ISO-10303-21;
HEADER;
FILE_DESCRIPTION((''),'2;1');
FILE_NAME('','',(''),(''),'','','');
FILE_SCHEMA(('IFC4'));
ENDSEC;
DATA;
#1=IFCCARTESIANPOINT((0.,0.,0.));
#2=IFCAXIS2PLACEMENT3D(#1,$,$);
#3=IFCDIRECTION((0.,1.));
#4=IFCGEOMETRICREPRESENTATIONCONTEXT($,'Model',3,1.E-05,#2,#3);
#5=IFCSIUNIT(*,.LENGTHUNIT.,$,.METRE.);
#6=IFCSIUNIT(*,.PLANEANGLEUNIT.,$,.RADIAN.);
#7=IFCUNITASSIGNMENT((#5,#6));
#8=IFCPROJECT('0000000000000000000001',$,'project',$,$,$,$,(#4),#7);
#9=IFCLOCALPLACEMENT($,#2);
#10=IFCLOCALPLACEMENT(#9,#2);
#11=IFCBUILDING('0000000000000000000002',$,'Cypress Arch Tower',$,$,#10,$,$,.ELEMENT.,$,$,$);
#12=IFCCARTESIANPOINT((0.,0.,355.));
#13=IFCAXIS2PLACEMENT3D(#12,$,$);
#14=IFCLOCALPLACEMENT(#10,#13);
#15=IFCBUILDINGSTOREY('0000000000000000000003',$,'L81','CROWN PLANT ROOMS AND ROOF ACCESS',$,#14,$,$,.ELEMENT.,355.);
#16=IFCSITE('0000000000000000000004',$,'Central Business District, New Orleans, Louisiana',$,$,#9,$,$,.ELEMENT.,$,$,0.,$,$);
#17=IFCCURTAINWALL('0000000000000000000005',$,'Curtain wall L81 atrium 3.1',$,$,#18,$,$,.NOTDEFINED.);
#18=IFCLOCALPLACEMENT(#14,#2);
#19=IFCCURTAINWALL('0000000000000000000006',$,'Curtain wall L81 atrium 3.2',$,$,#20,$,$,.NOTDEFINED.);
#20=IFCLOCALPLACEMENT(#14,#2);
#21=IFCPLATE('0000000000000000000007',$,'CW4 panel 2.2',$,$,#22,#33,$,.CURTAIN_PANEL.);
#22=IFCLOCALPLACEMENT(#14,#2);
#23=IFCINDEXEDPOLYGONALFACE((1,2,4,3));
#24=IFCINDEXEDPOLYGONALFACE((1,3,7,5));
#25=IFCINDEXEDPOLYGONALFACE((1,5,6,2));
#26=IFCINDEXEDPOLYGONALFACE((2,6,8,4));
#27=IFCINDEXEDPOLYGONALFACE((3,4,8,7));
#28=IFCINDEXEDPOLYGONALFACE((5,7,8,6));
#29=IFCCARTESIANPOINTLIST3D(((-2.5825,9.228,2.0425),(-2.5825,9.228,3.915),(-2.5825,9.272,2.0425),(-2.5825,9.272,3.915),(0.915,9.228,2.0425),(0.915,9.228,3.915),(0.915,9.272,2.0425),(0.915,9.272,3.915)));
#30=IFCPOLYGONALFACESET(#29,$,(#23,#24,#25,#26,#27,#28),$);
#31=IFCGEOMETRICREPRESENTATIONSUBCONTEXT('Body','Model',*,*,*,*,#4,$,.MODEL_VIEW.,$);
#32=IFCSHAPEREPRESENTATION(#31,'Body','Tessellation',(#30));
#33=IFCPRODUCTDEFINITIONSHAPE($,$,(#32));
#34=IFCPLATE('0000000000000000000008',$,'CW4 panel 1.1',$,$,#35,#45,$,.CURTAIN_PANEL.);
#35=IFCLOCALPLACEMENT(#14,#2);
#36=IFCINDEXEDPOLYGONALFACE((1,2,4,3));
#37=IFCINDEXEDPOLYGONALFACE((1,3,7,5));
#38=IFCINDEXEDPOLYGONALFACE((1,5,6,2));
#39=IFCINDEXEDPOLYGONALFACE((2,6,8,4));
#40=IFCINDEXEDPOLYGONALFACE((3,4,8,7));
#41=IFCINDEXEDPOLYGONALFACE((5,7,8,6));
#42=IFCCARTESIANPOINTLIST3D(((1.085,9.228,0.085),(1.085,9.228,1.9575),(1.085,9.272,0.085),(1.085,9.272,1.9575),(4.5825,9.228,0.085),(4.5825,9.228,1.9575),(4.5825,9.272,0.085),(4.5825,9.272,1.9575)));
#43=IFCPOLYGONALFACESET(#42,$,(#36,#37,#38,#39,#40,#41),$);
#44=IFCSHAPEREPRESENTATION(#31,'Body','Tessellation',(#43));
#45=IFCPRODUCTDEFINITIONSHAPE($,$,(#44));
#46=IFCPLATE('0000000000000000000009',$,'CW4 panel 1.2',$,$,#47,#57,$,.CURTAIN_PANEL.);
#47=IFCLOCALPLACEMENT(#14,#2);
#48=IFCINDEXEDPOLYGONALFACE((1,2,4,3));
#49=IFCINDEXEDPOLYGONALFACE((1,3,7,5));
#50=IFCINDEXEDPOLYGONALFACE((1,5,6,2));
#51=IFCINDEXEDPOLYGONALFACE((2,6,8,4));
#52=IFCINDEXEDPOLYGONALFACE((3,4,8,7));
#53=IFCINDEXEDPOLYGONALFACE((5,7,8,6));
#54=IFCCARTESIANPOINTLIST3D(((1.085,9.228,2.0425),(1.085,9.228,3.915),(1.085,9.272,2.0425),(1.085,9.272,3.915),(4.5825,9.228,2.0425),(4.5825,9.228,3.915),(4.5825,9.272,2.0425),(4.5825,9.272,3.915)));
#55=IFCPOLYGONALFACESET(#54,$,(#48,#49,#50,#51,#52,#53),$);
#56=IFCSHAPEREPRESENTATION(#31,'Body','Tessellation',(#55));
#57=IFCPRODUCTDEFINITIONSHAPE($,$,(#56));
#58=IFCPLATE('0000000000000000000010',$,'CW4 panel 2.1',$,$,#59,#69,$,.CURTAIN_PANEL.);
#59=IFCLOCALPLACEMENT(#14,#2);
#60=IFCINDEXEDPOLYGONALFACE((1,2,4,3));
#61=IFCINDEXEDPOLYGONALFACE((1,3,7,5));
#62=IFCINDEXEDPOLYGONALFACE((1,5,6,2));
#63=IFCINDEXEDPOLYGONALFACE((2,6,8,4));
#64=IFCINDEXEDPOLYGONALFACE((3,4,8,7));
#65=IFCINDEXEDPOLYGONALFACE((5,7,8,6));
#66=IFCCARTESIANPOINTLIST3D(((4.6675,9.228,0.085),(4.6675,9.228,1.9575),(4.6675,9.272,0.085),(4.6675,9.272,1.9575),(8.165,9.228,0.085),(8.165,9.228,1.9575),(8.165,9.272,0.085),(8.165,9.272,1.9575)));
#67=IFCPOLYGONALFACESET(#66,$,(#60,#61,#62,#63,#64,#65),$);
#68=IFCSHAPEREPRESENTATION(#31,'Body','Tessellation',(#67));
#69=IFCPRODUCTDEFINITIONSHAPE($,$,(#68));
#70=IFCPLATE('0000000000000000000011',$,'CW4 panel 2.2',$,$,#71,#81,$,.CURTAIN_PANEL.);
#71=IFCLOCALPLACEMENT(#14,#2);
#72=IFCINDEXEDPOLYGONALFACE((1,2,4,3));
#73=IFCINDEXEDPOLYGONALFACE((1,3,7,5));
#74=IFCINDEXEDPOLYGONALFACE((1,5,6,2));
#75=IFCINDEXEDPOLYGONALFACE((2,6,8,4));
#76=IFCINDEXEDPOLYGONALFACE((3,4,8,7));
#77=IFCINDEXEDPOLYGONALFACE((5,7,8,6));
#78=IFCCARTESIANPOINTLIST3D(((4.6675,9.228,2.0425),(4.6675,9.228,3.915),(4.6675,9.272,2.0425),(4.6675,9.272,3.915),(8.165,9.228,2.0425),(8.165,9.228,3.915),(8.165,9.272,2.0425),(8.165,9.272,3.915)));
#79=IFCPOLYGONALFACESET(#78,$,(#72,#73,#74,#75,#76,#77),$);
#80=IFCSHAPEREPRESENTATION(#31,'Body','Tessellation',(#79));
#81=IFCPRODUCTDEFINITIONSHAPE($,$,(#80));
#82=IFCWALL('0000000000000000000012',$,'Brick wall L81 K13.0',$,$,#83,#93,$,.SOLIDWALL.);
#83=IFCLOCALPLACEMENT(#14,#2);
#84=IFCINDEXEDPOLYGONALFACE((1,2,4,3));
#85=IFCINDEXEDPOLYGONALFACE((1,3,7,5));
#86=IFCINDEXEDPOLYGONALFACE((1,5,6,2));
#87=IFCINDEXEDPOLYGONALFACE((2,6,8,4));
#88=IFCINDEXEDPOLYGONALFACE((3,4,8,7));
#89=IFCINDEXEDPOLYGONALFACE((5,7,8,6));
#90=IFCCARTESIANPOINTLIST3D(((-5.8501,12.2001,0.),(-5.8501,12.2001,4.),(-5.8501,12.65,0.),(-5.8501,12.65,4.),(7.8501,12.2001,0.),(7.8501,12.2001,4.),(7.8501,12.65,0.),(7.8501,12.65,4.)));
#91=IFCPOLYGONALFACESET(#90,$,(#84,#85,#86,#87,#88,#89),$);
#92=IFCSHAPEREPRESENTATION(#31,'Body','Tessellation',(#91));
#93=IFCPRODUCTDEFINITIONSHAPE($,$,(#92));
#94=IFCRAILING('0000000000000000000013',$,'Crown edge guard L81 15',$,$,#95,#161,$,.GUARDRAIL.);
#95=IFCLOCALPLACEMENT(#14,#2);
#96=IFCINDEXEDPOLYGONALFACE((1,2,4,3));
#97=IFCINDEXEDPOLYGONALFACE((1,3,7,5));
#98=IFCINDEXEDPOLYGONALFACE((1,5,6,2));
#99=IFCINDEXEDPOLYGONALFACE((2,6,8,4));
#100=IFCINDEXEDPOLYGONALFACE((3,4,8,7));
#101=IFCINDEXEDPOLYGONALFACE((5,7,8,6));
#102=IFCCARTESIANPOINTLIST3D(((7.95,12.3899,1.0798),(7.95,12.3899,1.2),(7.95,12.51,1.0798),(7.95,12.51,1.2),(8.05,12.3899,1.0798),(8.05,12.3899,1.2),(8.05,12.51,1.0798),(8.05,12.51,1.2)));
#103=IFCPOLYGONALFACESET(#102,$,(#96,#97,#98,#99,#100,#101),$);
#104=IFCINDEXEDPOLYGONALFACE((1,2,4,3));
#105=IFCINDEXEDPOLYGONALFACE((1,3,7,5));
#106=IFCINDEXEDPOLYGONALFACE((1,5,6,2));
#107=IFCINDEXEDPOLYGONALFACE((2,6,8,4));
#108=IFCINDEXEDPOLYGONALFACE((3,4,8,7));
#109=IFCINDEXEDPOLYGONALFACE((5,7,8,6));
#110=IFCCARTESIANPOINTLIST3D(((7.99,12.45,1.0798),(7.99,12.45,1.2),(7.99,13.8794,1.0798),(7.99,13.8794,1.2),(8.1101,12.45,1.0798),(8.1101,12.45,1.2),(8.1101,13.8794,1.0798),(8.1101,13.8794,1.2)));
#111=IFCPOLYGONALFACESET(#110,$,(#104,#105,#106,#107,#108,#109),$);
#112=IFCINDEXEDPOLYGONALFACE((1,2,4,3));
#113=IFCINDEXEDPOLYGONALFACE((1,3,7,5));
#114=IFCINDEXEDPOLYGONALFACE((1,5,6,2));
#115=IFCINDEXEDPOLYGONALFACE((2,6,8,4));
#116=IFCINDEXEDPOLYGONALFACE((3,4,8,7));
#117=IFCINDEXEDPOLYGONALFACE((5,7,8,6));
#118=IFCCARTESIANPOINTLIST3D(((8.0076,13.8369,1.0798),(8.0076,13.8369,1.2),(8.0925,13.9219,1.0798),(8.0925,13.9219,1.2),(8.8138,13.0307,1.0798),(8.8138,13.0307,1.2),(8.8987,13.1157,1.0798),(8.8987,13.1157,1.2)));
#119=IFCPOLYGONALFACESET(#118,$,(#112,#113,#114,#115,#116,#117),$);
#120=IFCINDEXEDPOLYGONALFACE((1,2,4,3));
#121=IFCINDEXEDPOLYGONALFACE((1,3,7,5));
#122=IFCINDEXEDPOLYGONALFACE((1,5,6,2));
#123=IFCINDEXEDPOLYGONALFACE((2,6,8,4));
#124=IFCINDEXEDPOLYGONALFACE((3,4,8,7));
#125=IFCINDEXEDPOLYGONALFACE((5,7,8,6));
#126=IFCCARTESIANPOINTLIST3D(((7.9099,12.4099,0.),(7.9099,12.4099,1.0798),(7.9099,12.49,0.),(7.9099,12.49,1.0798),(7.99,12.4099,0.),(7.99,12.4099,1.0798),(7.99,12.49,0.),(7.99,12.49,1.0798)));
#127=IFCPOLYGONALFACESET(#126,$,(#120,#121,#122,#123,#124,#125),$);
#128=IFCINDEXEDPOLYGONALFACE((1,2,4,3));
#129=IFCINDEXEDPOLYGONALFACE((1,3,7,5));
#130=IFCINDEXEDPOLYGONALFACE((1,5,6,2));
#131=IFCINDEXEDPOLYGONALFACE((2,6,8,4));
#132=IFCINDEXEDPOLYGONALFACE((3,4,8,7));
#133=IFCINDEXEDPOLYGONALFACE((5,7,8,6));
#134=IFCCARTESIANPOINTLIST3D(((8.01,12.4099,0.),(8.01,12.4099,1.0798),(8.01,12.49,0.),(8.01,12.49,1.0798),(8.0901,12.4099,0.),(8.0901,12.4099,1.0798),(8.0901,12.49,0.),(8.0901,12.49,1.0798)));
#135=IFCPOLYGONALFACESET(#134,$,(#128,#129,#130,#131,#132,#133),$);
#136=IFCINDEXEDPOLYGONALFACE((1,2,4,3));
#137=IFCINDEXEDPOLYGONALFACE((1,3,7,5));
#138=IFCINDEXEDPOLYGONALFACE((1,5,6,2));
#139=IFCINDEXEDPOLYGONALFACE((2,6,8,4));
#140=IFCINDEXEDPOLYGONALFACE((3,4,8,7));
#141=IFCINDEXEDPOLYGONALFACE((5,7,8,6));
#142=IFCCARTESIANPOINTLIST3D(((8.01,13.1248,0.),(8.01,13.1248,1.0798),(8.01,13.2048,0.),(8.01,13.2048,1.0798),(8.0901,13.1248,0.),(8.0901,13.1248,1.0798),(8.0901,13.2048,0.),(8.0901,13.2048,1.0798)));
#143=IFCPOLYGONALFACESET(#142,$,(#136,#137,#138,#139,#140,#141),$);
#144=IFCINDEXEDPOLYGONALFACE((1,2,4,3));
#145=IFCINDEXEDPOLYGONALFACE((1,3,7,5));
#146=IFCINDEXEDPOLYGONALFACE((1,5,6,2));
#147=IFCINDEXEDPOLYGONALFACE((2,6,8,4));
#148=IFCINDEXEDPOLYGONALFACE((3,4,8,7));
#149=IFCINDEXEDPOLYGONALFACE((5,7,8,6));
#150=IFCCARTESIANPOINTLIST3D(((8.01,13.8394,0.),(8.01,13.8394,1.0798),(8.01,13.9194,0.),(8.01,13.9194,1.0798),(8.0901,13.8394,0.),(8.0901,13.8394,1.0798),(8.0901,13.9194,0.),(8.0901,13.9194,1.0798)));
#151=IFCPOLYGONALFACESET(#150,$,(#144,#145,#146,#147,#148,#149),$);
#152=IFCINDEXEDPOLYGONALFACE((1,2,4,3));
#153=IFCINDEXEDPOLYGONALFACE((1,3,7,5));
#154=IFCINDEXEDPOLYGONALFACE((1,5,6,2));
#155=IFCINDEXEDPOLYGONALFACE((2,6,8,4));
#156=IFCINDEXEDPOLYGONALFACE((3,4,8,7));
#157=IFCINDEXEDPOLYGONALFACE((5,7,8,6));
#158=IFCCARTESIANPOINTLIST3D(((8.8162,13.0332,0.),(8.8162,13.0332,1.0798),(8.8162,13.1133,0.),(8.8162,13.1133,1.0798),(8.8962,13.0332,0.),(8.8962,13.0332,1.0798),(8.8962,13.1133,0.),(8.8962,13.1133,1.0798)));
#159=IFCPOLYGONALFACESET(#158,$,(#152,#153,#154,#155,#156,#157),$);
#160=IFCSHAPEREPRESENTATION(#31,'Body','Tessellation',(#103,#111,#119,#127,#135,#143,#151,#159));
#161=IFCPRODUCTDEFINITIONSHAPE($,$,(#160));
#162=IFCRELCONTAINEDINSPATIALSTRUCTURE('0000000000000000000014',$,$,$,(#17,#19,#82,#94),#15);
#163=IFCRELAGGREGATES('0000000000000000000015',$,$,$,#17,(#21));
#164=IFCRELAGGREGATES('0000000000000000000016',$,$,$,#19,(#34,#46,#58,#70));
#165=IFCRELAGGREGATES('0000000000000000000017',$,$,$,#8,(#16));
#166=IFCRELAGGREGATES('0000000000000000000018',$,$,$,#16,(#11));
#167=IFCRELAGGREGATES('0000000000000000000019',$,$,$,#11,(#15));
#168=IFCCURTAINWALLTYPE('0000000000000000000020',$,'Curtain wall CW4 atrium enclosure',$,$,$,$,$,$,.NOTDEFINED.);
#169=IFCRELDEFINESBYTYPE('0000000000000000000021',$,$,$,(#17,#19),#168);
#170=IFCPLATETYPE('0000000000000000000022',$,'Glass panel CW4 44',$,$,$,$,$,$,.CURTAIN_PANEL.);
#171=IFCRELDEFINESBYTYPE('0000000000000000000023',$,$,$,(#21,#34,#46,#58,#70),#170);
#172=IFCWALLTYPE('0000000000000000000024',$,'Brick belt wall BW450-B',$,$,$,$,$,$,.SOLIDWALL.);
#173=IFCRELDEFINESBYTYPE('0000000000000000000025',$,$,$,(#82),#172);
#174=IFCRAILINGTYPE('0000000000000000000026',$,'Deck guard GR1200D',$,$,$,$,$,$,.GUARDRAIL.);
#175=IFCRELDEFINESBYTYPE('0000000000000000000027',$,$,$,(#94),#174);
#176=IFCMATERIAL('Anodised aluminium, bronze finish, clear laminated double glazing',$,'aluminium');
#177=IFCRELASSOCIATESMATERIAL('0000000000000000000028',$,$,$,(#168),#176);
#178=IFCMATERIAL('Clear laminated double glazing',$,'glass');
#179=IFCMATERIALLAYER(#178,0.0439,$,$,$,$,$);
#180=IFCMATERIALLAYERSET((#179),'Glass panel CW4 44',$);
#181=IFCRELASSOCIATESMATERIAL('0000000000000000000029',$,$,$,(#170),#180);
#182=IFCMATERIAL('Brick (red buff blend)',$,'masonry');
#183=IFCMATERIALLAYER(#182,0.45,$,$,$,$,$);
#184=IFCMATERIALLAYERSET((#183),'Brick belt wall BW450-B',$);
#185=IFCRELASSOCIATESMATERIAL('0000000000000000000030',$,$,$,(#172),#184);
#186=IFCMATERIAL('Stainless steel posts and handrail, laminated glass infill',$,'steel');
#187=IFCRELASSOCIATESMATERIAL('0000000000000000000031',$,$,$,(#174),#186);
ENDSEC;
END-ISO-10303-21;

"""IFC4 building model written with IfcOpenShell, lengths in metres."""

from ifc_helpers import new_model, si_unit, direction, frame, frame_2d, origin, origin_2d, place, context, subcontext, project, spatial, rectangle, extrude, material, layer, layer_set, type_object, element, aggregate, save


model = new_model("IFC4")

# Units and contexts
model_context = context("Model", 3, precision=1e-05, world=origin(), true_north=direction((0.0, 1.0)))
body_context = subcontext(model_context, "Body", "Model", "MODEL_VIEW")
ifc_project = project(units=[si_unit("LENGTHUNIT", "METRE"), si_unit("PLANEANGLEUNIT", "RADIAN")], contexts=[model_context])

# Site, building, storey
site_placement = place(None, origin())
site = spatial("IfcSite", under=ifc_project, at=site_placement, Name="Central Business District, New Orleans, Louisiana", CompositionType="ELEMENT", RefElevation=0.0)
building_placement = place(site_placement, origin())
building = spatial("IfcBuilding", under=site, at=building_placement, Name="Cypress Arch Tower", CompositionType="ELEMENT")
storey_placement = place(building_placement, frame((0.0, 0.0, 355.0)))
storey = spatial("IfcBuildingStorey", under=building, at=storey_placement, Name="L81", Description="CROWN PLANT ROOMS AND ROOF ACCESS", CompositionType="ELEMENT", Elevation=355.0)

# Curtain walls
ifc_material_1 = material(Name="Anodised aluminium, bronze finish, clear laminated double glazing", Category="aluminium")
curtain_wall_type = type_object("IfcCurtainWallType", Name="Curtain wall CW4 atrium enclosure", PredefinedType="NOTDEFINED", material=ifc_material_1)
curtain_wall_1_placement = place(storey_placement, origin())
curtain_wall_1 = element("IfcCurtainWall", 1, at=curtain_wall_1_placement, inside=storey, type_object=curtain_wall_type, Name="Curtain wall L81 atrium 3.1", PredefinedType="NOTDEFINED")
curtain_wall_2_placement = place(storey_placement, origin())
curtain_wall_2 = element("IfcCurtainWall", 2, at=curtain_wall_2_placement, inside=storey, type_object=curtain_wall_type, Name="Curtain wall L81 atrium 3.2", PredefinedType="NOTDEFINED")

# Plates
ifc_material_2 = material(Name="Clear laminated double glazing", Category="glass")
ifc_layer_1 = layer(ifc_material_2, 0.0439)
ifc_layer_set_1 = layer_set([ifc_layer_1], Name="Glass panel CW4 44")
plate_type = type_object("IfcPlateType", Name="Glass panel CW4 44", PredefinedType="CURTAIN_PANEL", material=ifc_layer_set_1)
plate_1_placement = place(storey_placement, frame((-0.8337, 9.25, 2.0425), z_axis=(0.0, 0.0, 1.0), x_axis=(1.0, 0.0, 0.0)))
plate_1 = element("IfcPlate", 3, at=plate_1_placement, type_object=plate_type, Name="CW4 panel 2.2", PredefinedType="CURTAIN_PANEL", context=body_context, shape_type="SweptSolid", body=[
    extrude(rectangle(XDim=3.4976, YDim=0.0439, at=origin_2d()), origin(), (0.0, 0.0, 1.0), 1.8726),
])
aggregate(curtain_wall_1, [plate_1])
plate_2_placement = place(storey_placement, frame((2.8337, 9.25, 0.085), z_axis=(0.0, 0.0, 1.0), x_axis=(1.0, 0.0, 0.0)))
plate_2 = element("IfcPlate", 4, at=plate_2_placement, type_object=plate_type, Name="CW4 panel 1.1", PredefinedType="CURTAIN_PANEL", context=body_context, shape_type="SweptSolid", body=[
    extrude(rectangle(XDim=3.4976, YDim=0.0439, at=origin_2d()), origin(), (0.0, 0.0, 1.0), 1.8726),
])
plate_3_placement = place(storey_placement, frame((2.8337, 9.25, 2.0425), z_axis=(0.0, 0.0, 1.0), x_axis=(1.0, 0.0, 0.0)))
plate_3 = element("IfcPlate", 5, at=plate_3_placement, type_object=plate_type, Name="CW4 panel 1.2", PredefinedType="CURTAIN_PANEL", context=body_context, shape_type="SweptSolid", body=[
    extrude(rectangle(XDim=3.4976, YDim=0.0439, at=origin_2d()), origin(), (0.0, 0.0, 1.0), 1.8726),
])
plate_4_placement = place(storey_placement, frame((6.4163, 9.25, 0.085), z_axis=(0.0, 0.0, 1.0), x_axis=(1.0, 0.0, 0.0)))
plate_4 = element("IfcPlate", 6, at=plate_4_placement, type_object=plate_type, Name="CW4 panel 2.1", PredefinedType="CURTAIN_PANEL", context=body_context, shape_type="SweptSolid", body=[
    extrude(rectangle(XDim=3.4976, YDim=0.0439, at=origin_2d()), origin(), (0.0, 0.0, 1.0), 1.8726),
])
plate_5_placement = place(storey_placement, frame((6.4163, 9.25, 2.0425), z_axis=(0.0, 0.0, 1.0), x_axis=(1.0, 0.0, 0.0)))
plate_5 = element("IfcPlate", 7, at=plate_5_placement, type_object=plate_type, Name="CW4 panel 2.2", PredefinedType="CURTAIN_PANEL", context=body_context, shape_type="SweptSolid", body=[
    extrude(rectangle(XDim=3.4976, YDim=0.0439, at=origin_2d()), origin(), (0.0, 0.0, 1.0), 1.8726),
])
aggregate(curtain_wall_2, [plate_2, plate_3, plate_4, plate_5])

# Wall
ifc_material_3 = material(Name="Brick (red buff blend)", Category="masonry")
ifc_layer_2 = layer(ifc_material_3, 0.45)
ifc_layer_set_2 = layer_set([ifc_layer_2], Name="Brick belt wall BW450-B")
wall_type = type_object("IfcWallType", Name="Brick belt wall BW450-B", PredefinedType="SOLIDWALL", material=ifc_layer_set_2)
wall_placement = place(storey_placement, frame((7.8501, 12.425, 0.0), z_axis=(0.0, 0.0, 1.0), x_axis=(-1.0, 0.0, 0.0)))
element("IfcWall", 8, at=wall_placement, inside=storey, type_object=wall_type, Name="Brick wall L81 K13.0", PredefinedType="SOLIDWALL", context=body_context, shape_type="SweptSolid", body=[
    extrude(rectangle(XDim=13.7002, YDim=0.45, at=frame_2d((6.8501, 0.0))), origin(), (0.0, 0.0, 1.0), 4.0),
])

# Railing
ifc_material_4 = material(Name="Stainless steel posts and handrail, laminated glass infill", Category="steel")
railing_type = type_object("IfcRailingType", Name="Deck guard GR1200D", PredefinedType="GUARDRAIL", material=ifc_material_4)
railing_placement = place(storey_placement, frame((7.95, 12.45, 0.0)))
element("IfcRailing", 9, at=railing_placement, inside=storey, type_object=railing_type, Name="Crown edge guard L81 15", PredefinedType="GUARDRAIL", context=body_context, shape_type="SweptSolid", body=[
    extrude(rectangle(XDim=0.1201, YDim=0.1201, at=origin_2d()), frame((0.0, 0.0, 1.1399), z_axis=(1.0, 0.0, 0.0), x_axis=(0.0, 1.0, 0.0)), (0.0, 0.0, 1.0), 0.1001),
    extrude(rectangle(XDim=0.1201, YDim=0.1201, at=origin_2d()), frame((0.1001, 0.0, 1.1399), z_axis=(0.0, 1.0, 0.0), x_axis=(-1.0, 0.0, 0.0)), (0.0, 0.0, 1.0), 1.4294),
    extrude(rectangle(XDim=0.1201, YDim=0.1201, at=origin_2d()), frame((0.1001, 1.4294, 1.1399), z_axis=(0.707107, -0.707107, 0.0), x_axis=(0.707107, 0.707107, 0.0)), (0.0, 0.0, 1.0), 1.1401),
    extrude(rectangle(XDim=0.0801, YDim=0.0801, at=origin_2d()), origin(), (0.0, 0.0, 1.0), 1.0798),
    extrude(rectangle(XDim=0.0801, YDim=0.0801, at=origin_2d()), frame((0.1001, 0.0, 0.0)), (0.0, 0.0, 1.0), 1.0798),
    extrude(rectangle(XDim=0.0801, YDim=0.0801, at=origin_2d()), frame((0.1001, 0.7148, 0.0)), (0.0, 0.0, 1.0), 1.0798),
    extrude(rectangle(XDim=0.0801, YDim=0.0801, at=origin_2d()), frame((0.1001, 1.4294, 0.0)), (0.0, 0.0, 1.0), 1.0798),
    extrude(rectangle(XDim=0.0801, YDim=0.0801, at=origin_2d()), frame((0.9062, 0.6233, 0.0)), (0.0, 0.0, 1.0), 1.0798),
])

save(model, "model.ifc")
